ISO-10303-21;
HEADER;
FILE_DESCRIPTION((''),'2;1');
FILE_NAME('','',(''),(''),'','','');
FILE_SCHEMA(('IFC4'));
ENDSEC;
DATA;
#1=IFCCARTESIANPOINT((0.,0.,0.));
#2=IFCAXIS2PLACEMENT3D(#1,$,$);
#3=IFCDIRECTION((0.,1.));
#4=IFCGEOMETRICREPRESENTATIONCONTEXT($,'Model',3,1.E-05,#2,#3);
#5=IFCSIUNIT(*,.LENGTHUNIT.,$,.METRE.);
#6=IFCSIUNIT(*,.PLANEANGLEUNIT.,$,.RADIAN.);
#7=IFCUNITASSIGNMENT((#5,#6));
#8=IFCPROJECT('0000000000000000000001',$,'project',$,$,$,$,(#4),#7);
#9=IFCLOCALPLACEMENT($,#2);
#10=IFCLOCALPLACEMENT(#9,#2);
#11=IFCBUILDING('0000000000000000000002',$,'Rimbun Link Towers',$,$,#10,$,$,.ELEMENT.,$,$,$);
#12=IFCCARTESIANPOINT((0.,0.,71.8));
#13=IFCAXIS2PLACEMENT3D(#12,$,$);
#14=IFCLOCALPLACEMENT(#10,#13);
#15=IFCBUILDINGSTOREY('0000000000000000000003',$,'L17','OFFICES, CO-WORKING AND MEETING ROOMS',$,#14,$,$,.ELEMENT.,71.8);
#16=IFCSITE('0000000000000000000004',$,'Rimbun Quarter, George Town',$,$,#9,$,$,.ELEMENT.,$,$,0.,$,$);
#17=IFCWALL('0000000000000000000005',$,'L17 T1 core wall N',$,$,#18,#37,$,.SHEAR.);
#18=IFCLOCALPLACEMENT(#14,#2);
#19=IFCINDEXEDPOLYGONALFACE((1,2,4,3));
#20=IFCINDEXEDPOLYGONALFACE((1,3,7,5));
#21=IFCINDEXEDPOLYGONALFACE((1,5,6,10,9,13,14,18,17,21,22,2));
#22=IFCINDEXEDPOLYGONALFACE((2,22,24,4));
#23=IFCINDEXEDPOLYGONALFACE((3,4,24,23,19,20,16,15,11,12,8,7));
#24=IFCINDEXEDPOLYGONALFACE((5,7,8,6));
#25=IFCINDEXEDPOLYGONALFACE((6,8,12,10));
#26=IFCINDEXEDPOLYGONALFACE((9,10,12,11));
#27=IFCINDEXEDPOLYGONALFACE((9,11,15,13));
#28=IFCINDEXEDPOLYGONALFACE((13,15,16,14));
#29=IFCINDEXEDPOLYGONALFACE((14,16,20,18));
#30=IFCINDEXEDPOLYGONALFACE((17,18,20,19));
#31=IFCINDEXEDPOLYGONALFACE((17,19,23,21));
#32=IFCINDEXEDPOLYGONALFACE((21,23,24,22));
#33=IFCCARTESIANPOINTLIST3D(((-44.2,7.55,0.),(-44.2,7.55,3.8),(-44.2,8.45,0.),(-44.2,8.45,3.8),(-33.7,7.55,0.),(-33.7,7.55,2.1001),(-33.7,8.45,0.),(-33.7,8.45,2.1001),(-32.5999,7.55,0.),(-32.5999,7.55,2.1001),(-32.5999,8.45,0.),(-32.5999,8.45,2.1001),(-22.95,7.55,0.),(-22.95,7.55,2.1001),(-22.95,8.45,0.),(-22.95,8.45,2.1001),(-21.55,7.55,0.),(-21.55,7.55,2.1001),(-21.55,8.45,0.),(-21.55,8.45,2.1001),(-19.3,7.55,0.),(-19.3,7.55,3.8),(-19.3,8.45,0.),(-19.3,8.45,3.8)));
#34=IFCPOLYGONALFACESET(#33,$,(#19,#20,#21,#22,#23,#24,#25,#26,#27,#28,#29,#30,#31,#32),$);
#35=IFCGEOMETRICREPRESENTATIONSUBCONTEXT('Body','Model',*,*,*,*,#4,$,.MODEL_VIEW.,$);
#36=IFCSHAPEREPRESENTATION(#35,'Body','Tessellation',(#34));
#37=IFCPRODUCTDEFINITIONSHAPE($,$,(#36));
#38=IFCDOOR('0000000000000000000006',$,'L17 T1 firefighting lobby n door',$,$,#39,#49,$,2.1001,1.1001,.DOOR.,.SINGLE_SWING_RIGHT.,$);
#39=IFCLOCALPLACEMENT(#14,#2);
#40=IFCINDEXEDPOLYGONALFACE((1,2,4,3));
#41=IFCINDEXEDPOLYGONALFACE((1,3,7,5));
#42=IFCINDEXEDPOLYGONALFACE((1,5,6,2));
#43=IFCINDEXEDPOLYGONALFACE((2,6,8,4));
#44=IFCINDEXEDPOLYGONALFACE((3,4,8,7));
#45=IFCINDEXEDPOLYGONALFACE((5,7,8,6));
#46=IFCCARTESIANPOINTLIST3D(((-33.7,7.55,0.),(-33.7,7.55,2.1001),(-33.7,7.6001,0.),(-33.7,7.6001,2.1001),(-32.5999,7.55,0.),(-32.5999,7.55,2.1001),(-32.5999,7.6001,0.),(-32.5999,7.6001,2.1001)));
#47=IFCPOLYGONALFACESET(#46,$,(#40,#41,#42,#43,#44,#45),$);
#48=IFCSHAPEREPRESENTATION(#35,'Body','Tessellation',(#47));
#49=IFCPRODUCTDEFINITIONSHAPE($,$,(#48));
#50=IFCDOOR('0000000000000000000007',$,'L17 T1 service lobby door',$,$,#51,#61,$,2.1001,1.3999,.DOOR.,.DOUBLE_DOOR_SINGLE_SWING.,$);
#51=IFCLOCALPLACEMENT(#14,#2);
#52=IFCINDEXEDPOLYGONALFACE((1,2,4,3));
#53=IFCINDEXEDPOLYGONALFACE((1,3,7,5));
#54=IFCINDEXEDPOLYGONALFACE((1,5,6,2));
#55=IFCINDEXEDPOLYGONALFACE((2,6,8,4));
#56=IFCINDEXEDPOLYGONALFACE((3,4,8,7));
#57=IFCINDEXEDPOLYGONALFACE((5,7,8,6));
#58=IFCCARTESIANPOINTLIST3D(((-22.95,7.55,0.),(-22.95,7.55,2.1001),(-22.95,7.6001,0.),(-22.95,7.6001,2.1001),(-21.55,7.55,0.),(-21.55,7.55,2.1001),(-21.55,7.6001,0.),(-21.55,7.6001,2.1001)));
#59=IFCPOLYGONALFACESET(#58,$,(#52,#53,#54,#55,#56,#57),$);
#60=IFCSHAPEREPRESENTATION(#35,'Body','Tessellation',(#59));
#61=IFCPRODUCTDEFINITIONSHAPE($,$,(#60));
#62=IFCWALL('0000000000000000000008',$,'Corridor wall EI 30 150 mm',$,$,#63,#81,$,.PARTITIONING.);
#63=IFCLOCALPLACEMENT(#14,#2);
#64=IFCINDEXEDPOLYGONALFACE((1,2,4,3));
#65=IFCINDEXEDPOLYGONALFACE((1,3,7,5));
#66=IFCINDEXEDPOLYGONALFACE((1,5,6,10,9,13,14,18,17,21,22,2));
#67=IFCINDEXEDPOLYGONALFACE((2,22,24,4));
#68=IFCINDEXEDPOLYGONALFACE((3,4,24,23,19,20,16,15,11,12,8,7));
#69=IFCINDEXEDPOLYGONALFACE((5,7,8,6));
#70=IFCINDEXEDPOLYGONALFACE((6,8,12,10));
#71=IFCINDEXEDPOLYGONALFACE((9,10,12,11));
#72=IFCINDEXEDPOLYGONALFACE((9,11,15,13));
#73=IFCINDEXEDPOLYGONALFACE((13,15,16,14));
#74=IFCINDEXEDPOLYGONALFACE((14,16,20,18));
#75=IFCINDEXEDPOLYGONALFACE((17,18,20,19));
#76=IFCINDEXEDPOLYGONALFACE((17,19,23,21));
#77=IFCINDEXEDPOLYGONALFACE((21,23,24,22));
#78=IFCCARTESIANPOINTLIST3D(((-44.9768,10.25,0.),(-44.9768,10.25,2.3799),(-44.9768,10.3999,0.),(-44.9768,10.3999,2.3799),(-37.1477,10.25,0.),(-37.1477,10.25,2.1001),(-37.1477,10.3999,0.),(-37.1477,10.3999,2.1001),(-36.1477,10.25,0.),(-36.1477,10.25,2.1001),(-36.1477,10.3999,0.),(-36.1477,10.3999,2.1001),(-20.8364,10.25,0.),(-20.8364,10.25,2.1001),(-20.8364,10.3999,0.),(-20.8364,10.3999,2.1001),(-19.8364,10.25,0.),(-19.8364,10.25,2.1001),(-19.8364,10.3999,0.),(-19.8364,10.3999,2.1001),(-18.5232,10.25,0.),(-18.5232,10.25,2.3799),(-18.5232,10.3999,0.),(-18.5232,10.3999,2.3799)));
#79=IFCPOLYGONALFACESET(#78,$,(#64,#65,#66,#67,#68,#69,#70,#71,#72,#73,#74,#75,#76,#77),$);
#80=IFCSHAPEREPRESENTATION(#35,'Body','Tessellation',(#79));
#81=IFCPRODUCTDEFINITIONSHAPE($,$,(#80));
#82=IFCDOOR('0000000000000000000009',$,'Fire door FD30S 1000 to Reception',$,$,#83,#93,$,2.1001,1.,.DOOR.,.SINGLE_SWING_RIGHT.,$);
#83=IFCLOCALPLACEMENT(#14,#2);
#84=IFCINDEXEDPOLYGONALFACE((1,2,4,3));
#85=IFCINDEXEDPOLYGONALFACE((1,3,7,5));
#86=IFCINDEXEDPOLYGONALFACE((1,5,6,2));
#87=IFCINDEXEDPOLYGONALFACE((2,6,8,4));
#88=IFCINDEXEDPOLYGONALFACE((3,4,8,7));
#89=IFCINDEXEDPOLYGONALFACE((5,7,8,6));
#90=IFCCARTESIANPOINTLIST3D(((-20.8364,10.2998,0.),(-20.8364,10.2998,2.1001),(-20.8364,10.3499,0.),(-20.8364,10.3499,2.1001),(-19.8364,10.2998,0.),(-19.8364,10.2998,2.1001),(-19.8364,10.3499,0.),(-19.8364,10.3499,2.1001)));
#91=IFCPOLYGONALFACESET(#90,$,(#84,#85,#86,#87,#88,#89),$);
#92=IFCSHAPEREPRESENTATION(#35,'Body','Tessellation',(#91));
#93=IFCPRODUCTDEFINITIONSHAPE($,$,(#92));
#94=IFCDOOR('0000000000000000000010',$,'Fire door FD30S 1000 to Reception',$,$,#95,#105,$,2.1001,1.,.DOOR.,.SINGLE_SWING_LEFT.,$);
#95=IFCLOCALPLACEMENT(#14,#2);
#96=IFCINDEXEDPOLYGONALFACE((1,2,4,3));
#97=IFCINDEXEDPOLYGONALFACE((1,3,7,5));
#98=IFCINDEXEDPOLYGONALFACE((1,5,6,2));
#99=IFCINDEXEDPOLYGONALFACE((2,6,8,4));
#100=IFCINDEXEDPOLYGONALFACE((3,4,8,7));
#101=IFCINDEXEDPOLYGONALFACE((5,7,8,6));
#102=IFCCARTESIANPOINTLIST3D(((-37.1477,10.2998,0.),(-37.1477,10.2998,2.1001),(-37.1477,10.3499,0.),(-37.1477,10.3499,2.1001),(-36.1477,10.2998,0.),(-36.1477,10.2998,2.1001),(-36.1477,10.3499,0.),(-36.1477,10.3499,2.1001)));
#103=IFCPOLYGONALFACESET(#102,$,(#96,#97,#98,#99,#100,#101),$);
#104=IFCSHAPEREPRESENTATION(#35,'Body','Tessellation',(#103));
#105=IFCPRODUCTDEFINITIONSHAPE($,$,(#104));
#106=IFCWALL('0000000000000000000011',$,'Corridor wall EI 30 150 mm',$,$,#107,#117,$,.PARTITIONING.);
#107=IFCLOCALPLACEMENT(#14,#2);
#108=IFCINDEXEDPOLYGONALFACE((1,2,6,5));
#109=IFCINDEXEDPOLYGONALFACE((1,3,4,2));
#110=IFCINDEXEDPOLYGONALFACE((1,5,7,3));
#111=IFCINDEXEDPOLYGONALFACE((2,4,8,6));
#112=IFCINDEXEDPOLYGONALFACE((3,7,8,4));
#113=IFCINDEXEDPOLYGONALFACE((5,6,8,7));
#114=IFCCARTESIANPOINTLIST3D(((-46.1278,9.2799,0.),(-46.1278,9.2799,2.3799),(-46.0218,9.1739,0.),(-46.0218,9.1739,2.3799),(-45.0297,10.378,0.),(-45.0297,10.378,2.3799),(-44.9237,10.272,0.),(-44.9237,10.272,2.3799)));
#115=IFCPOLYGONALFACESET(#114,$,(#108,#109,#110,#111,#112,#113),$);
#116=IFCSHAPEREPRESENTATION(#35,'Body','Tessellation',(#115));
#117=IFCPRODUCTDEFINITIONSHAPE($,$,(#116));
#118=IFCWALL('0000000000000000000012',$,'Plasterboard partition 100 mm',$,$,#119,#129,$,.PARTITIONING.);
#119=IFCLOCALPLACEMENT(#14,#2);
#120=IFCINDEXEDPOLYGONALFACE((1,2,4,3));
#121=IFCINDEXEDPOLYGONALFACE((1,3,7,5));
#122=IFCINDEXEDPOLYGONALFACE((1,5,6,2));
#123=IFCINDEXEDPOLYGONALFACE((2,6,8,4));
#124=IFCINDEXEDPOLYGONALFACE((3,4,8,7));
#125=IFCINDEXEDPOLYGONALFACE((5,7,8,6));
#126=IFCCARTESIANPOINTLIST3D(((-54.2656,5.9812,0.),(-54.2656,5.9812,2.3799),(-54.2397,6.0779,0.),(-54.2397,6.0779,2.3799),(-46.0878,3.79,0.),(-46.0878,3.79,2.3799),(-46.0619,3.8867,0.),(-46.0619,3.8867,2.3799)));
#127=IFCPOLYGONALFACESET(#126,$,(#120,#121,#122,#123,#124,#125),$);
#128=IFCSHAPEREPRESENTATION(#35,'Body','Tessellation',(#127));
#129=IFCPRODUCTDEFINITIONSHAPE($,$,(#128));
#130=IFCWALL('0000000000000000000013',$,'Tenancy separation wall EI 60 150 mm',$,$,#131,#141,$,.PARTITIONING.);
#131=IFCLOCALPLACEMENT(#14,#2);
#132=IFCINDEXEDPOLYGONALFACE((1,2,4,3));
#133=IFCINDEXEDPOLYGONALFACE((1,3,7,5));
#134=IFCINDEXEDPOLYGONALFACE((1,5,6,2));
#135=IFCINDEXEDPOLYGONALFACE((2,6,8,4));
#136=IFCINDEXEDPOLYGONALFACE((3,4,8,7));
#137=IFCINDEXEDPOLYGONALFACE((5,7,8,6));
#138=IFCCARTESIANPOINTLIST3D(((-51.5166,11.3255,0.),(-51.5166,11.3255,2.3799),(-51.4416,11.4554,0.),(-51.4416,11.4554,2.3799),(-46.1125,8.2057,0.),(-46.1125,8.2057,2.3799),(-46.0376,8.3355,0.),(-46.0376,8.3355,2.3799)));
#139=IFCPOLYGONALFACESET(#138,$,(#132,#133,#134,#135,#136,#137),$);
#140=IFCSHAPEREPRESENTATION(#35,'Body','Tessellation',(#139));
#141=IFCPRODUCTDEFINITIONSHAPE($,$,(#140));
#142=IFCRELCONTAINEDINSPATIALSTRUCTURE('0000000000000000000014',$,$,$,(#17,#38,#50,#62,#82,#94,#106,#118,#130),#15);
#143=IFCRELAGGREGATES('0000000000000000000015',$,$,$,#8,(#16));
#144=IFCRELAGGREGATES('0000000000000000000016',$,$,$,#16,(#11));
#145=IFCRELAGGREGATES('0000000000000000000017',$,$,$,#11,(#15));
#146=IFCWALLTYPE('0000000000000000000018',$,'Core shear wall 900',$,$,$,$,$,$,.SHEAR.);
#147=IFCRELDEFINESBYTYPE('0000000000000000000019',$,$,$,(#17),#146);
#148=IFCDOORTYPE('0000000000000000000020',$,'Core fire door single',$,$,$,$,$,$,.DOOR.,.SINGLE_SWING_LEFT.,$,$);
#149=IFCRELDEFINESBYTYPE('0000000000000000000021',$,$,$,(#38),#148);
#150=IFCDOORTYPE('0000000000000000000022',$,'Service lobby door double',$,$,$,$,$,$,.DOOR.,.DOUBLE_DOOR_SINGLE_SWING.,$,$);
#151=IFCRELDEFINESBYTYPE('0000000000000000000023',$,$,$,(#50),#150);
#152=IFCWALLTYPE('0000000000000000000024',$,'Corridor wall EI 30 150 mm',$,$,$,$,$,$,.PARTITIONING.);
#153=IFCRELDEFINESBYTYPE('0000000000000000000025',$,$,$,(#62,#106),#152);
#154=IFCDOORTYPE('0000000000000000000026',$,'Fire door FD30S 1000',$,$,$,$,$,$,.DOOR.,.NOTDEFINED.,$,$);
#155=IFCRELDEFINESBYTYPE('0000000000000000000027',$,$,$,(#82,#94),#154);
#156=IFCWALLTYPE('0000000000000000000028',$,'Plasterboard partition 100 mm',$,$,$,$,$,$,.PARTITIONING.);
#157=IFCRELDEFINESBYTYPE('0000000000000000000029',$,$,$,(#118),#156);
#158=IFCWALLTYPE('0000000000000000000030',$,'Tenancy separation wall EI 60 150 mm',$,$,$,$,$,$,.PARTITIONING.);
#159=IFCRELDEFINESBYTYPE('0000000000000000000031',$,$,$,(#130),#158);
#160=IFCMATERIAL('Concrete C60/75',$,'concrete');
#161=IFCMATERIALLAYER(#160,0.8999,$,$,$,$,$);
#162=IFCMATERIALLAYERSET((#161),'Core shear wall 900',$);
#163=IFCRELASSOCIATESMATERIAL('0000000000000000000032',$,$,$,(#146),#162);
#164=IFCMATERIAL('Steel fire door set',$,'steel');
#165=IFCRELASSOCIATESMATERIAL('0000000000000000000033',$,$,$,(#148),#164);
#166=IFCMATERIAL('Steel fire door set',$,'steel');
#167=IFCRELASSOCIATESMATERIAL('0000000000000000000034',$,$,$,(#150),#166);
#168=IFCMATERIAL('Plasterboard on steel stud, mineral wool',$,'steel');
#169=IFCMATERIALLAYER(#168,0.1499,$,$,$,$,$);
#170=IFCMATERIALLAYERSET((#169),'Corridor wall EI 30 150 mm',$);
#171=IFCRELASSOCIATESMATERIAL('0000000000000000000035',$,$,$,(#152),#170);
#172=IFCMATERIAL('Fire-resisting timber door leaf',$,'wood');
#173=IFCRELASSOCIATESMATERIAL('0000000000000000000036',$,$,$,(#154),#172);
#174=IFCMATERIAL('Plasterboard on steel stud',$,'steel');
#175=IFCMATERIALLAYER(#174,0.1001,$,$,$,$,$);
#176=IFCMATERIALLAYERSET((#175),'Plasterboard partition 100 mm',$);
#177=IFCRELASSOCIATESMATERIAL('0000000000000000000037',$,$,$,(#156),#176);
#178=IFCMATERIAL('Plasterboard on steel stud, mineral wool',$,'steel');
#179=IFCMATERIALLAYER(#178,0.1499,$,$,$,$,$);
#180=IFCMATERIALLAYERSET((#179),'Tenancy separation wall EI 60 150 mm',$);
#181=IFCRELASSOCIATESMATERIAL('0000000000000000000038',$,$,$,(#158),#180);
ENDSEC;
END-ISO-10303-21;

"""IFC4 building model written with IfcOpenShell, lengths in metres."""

from ifc_helpers import new_model, si_unit, direction, frame, frame_2d, origin, place, context, subcontext, project, spatial, rectangle, extrude, material, layer, layer_set, type_object, element, fill, save


model = new_model("IFC4")

# Units and contexts
model_context = context("Model", 3, precision=1e-05, world=origin(), true_north=direction((0.0, 1.0)))
body_context = subcontext(model_context, "Body", "Model", "MODEL_VIEW")
ifc_project = project(units=[si_unit("LENGTHUNIT", "METRE"), si_unit("PLANEANGLEUNIT", "RADIAN")], contexts=[model_context])

# Site, building, storey
site_placement = place(None, origin())
site = spatial("IfcSite", under=ifc_project, at=site_placement, Name="Rimbun Quarter, George Town", CompositionType="ELEMENT", RefElevation=0.0)
building_placement = place(site_placement, origin())
building = spatial("IfcBuilding", under=site, at=building_placement, Name="Rimbun Link Towers", CompositionType="ELEMENT")
storey_placement = place(building_placement, frame((0.0, 0.0, 71.8)))
storey = spatial("IfcBuildingStorey", under=building, at=storey_placement, Name="L17", Description="OFFICES, CO-WORKING AND MEETING ROOMS", CompositionType="ELEMENT", Elevation=71.8)

# Walls, openings, doors
ifc_material_1 = material(Name="Concrete C60/75", Category="concrete")
ifc_layer_1 = layer(ifc_material_1, 0.8999)
ifc_layer_set_1 = layer_set([ifc_layer_1], Name="Core shear wall 900")
wall_type_1 = type_object("IfcWallType", Name="Core shear wall 900", PredefinedType="SHEAR", material=ifc_layer_set_1)
wall_1_placement = place(storey_placement, frame((-44.2, 8.0, 0.0), z_axis=(0.0, 0.0, 1.0), x_axis=(1.0, 0.0, 0.0)))
wall_1 = element("IfcWall", 1, at=wall_1_placement, inside=storey, type_object=wall_type_1, Name="L17 T1 core wall N", PredefinedType="SHEAR", context=body_context, shape_type="SweptSolid", body=[
    extrude(rectangle(XDim=24.8999, YDim=0.8999, at=frame_2d((12.45, 0.0))), origin(), (0.0, 0.0, 1.0), 3.8),
])
opening_1_placement = place(wall_1_placement, frame((10.5, 0.0, 0.0)))
opening_1 = element("IfcOpeningElement", 2, at=opening_1_placement, cuts=wall_1, PredefinedType="OPENING", context=body_context, shape_type="SweptSolid", body=[
    extrude(rectangle(XDim=1.1001, YDim=2.1001, at=frame_2d((0.55, 1.05))), frame((0.0, 0.46, 0.0), z_axis=(0.0, -1.0, 0.0), x_axis=(1.0, 0.0, 0.0)), (0.0, 0.0, 1.0), 0.9199),
])
opening_2_placement = place(wall_1_placement, frame((21.25, 0.0, 0.0)))
opening_2 = element("IfcOpeningElement", 3, at=opening_2_placement, cuts=wall_1, PredefinedType="OPENING", context=body_context, shape_type="SweptSolid", body=[
    extrude(rectangle(XDim=1.3999, YDim=2.1001, at=frame_2d((0.7, 1.05))), frame((0.0, 0.46, 0.0), z_axis=(0.0, -1.0, 0.0), x_axis=(1.0, 0.0, 0.0)), (0.0, 0.0, 1.0), 0.9199),
])
ifc_material_2 = material(Name="Steel fire door set", Category="steel")
door_type_1 = type_object("IfcDoorType", Name="Core fire door single", OperationType="SINGLE_SWING_LEFT", PredefinedType="DOOR", material=ifc_material_2)
door_1_placement = place(opening_1_placement, origin())
door_1 = element("IfcDoor", 4, at=door_1_placement, inside=storey, type_object=door_type_1, Name="L17 T1 firefighting lobby n door", OperationType="SINGLE_SWING_RIGHT", OverallHeight=2.1001, OverallWidth=1.1001, PredefinedType="DOOR", context=body_context, shape_type="SweptSolid", body=[
    extrude(rectangle(XDim=1.1001, YDim=2.1001, at=frame_2d((0.55, 1.05))), frame((0.0, -0.3999, 0.0), z_axis=(0.0, -1.0, 0.0), x_axis=(1.0, 0.0, 0.0)), (0.0, 0.0, 1.0), 0.05),
])
fill(opening_1, door_1)
ifc_material_3 = material(Name="Steel fire door set", Category="steel")
door_type_2 = type_object("IfcDoorType", Name="Service lobby door double", OperationType="DOUBLE_DOOR_SINGLE_SWING", PredefinedType="DOOR", material=ifc_material_3)
door_2_placement = place(opening_2_placement, origin())
door_2 = element("IfcDoor", 5, at=door_2_placement, inside=storey, type_object=door_type_2, Name="L17 T1 service lobby door", OperationType="DOUBLE_DOOR_SINGLE_SWING", OverallHeight=2.1001, OverallWidth=1.3999, PredefinedType="DOOR", context=body_context, shape_type="SweptSolid", body=[
    extrude(rectangle(XDim=1.3999, YDim=2.1001, at=frame_2d((0.7, 1.05))), frame((0.0, -0.3999, 0.0), z_axis=(0.0, -1.0, 0.0), x_axis=(1.0, 0.0, 0.0)), (0.0, 0.0, 1.0), 0.05),
])
fill(opening_2, door_2)
ifc_material_4 = material(Name="Plasterboard on steel stud, mineral wool", Category="steel")
ifc_layer_2 = layer(ifc_material_4, 0.1499)
ifc_layer_set_2 = layer_set([ifc_layer_2], Name="Corridor wall EI 30 150 mm")
wall_type_2 = type_object("IfcWallType", Name="Corridor wall EI 30 150 mm", PredefinedType="PARTITIONING", material=ifc_layer_set_2)
wall_2_placement = place(storey_placement, frame((-44.9768, 10.325, 0.0), z_axis=(0.0, 0.0, 1.0), x_axis=(1.0, 0.0, 0.0)))
wall_2 = element("IfcWall", 6, at=wall_2_placement, inside=storey, type_object=wall_type_2, Name="Corridor wall EI 30 150 mm", PredefinedType="PARTITIONING", context=body_context, shape_type="SweptSolid", body=[
    extrude(rectangle(XDim=26.4536, YDim=0.1499, at=frame_2d((13.2268, 0.0))), origin(), (0.0, 0.0, 1.0), 2.3799),
])
opening_3_placement = place(wall_2_placement, frame((24.1404, 0.0, 0.0)))
opening_3 = element("IfcOpeningElement", 7, at=opening_3_placement, cuts=wall_2, PredefinedType="OPENING", context=body_context, shape_type="SweptSolid", body=[
    extrude(rectangle(XDim=1.0, YDim=2.1001, at=frame_2d((0.5, 1.05))), frame((0.0, 0.085, 0.0), z_axis=(0.0, -1.0, 0.0), x_axis=(1.0, 0.0, 0.0)), (0.0, 0.0, 1.0), 0.1699),
])
opening_4_placement = place(wall_2_placement, frame((7.8291, 0.0, 0.0)))
opening_4 = element("IfcOpeningElement", 8, at=opening_4_placement, cuts=wall_2, PredefinedType="OPENING", context=body_context, shape_type="SweptSolid", body=[
    extrude(rectangle(XDim=1.0, YDim=2.1001, at=frame_2d((0.5, 1.05))), frame((0.0, 0.085, 0.0), z_axis=(0.0, -1.0, 0.0), x_axis=(1.0, 0.0, 0.0)), (0.0, 0.0, 1.0), 0.1699),
])
ifc_material_5 = material(Name="Fire-resisting timber door leaf", Category="wood")
door_type_3 = type_object("IfcDoorType", Name="Fire door FD30S 1000", OperationType="NOTDEFINED", PredefinedType="DOOR", material=ifc_material_5)
door_3_placement = place(opening_3_placement, origin())
door_3 = element("IfcDoor", 9, at=door_3_placement, inside=storey, type_object=door_type_3, Name="Fire door FD30S 1000 to Reception", OperationType="SINGLE_SWING_RIGHT", OverallHeight=2.1001, OverallWidth=1.0, PredefinedType="DOOR", context=body_context, shape_type="SweptSolid", body=[
    extrude(rectangle(XDim=1.0, YDim=2.1001, at=frame_2d((0.5, 1.05))), frame((0.0, 0.0249, 0.0), z_axis=(0.0, -1.0, 0.0), x_axis=(1.0, 0.0, 0.0)), (0.0, 0.0, 1.0), 0.05),
])
fill(opening_3, door_3)
door_4_placement = place(opening_4_placement, origin())
door_4 = element("IfcDoor", 10, at=door_4_placement, inside=storey, type_object=door_type_3, Name="Fire door FD30S 1000 to Reception", OperationType="SINGLE_SWING_LEFT", OverallHeight=2.1001, OverallWidth=1.0, PredefinedType="DOOR", context=body_context, shape_type="SweptSolid", body=[
    extrude(rectangle(XDim=1.0, YDim=2.1001, at=frame_2d((0.5, 1.05))), frame((0.0, 0.0249, 0.0), z_axis=(0.0, -1.0, 0.0), x_axis=(1.0, 0.0, 0.0)), (0.0, 0.0, 1.0), 0.05),
])
fill(opening_4, door_4)

# Walls
wall_3_placement = place(storey_placement, frame((-44.9768, 10.325, 0.0), z_axis=(0.0, 0.0, 1.0), x_axis=(-0.707107, -0.707107, 0.0)))
element("IfcWall", 11, at=wall_3_placement, inside=storey, type_object=wall_type_2, Name="Corridor wall EI 30 150 mm", PredefinedType="PARTITIONING", context=body_context, shape_type="SweptSolid", body=[
    extrude(rectangle(XDim=1.553, YDim=0.1499, at=frame_2d((0.7764, 0.0))), origin(), (0.0, 0.0, 1.0), 2.3799),
])
ifc_material_6 = material(Name="Plasterboard on steel stud", Category="steel")
ifc_layer_3 = layer(ifc_material_6, 0.1001)
ifc_layer_set_3 = layer_set([ifc_layer_3], Name="Plasterboard partition 100 mm")
wall_type_3 = type_object("IfcWallType", Name="Plasterboard partition 100 mm", PredefinedType="PARTITIONING", material=ifc_layer_set_3)
wall_4_placement = place(storey_placement, frame((-54.2527, 6.0295, 0.0), z_axis=(0.0, 0.0, 1.0), x_axis=(0.965927, -0.258813, 0.0)))
element("IfcWall", 12, at=wall_4_placement, inside=storey, type_object=wall_type_3, Name="Plasterboard partition 100 mm", PredefinedType="PARTITIONING", context=body_context, shape_type="SweptSolid", body=[
    extrude(rectangle(XDim=8.4663, YDim=0.1001, at=frame_2d((4.2332, 0.0))), origin(), (0.0, 0.0, 1.0), 2.3799),
])
ifc_material_7 = material(Name="Plasterboard on steel stud, mineral wool", Category="steel")
ifc_layer_4 = layer(ifc_material_7, 0.1499)
ifc_layer_set_4 = layer_set([ifc_layer_4], Name="Tenancy separation wall EI 60 150 mm")
wall_type_4 = type_object("IfcWallType", Name="Tenancy separation wall EI 60 150 mm", PredefinedType="PARTITIONING", material=ifc_layer_set_4)
wall_5_placement = place(storey_placement, frame((-46.075, 8.2705, 0.0), z_axis=(0.0, 0.0, 1.0), x_axis=(-0.866036, 0.499981, 0.0)))
element("IfcWall", 13, at=wall_5_placement, inside=storey, type_object=wall_type_4, Name="Tenancy separation wall EI 60 150 mm", PredefinedType="PARTITIONING", context=body_context, shape_type="SweptSolid", body=[
    extrude(rectangle(XDim=6.24, YDim=0.1499, at=frame_2d((3.1201, 0.0))), origin(), (0.0, 0.0, 1.0), 2.3799),
])

save(model, "model.ifc")
